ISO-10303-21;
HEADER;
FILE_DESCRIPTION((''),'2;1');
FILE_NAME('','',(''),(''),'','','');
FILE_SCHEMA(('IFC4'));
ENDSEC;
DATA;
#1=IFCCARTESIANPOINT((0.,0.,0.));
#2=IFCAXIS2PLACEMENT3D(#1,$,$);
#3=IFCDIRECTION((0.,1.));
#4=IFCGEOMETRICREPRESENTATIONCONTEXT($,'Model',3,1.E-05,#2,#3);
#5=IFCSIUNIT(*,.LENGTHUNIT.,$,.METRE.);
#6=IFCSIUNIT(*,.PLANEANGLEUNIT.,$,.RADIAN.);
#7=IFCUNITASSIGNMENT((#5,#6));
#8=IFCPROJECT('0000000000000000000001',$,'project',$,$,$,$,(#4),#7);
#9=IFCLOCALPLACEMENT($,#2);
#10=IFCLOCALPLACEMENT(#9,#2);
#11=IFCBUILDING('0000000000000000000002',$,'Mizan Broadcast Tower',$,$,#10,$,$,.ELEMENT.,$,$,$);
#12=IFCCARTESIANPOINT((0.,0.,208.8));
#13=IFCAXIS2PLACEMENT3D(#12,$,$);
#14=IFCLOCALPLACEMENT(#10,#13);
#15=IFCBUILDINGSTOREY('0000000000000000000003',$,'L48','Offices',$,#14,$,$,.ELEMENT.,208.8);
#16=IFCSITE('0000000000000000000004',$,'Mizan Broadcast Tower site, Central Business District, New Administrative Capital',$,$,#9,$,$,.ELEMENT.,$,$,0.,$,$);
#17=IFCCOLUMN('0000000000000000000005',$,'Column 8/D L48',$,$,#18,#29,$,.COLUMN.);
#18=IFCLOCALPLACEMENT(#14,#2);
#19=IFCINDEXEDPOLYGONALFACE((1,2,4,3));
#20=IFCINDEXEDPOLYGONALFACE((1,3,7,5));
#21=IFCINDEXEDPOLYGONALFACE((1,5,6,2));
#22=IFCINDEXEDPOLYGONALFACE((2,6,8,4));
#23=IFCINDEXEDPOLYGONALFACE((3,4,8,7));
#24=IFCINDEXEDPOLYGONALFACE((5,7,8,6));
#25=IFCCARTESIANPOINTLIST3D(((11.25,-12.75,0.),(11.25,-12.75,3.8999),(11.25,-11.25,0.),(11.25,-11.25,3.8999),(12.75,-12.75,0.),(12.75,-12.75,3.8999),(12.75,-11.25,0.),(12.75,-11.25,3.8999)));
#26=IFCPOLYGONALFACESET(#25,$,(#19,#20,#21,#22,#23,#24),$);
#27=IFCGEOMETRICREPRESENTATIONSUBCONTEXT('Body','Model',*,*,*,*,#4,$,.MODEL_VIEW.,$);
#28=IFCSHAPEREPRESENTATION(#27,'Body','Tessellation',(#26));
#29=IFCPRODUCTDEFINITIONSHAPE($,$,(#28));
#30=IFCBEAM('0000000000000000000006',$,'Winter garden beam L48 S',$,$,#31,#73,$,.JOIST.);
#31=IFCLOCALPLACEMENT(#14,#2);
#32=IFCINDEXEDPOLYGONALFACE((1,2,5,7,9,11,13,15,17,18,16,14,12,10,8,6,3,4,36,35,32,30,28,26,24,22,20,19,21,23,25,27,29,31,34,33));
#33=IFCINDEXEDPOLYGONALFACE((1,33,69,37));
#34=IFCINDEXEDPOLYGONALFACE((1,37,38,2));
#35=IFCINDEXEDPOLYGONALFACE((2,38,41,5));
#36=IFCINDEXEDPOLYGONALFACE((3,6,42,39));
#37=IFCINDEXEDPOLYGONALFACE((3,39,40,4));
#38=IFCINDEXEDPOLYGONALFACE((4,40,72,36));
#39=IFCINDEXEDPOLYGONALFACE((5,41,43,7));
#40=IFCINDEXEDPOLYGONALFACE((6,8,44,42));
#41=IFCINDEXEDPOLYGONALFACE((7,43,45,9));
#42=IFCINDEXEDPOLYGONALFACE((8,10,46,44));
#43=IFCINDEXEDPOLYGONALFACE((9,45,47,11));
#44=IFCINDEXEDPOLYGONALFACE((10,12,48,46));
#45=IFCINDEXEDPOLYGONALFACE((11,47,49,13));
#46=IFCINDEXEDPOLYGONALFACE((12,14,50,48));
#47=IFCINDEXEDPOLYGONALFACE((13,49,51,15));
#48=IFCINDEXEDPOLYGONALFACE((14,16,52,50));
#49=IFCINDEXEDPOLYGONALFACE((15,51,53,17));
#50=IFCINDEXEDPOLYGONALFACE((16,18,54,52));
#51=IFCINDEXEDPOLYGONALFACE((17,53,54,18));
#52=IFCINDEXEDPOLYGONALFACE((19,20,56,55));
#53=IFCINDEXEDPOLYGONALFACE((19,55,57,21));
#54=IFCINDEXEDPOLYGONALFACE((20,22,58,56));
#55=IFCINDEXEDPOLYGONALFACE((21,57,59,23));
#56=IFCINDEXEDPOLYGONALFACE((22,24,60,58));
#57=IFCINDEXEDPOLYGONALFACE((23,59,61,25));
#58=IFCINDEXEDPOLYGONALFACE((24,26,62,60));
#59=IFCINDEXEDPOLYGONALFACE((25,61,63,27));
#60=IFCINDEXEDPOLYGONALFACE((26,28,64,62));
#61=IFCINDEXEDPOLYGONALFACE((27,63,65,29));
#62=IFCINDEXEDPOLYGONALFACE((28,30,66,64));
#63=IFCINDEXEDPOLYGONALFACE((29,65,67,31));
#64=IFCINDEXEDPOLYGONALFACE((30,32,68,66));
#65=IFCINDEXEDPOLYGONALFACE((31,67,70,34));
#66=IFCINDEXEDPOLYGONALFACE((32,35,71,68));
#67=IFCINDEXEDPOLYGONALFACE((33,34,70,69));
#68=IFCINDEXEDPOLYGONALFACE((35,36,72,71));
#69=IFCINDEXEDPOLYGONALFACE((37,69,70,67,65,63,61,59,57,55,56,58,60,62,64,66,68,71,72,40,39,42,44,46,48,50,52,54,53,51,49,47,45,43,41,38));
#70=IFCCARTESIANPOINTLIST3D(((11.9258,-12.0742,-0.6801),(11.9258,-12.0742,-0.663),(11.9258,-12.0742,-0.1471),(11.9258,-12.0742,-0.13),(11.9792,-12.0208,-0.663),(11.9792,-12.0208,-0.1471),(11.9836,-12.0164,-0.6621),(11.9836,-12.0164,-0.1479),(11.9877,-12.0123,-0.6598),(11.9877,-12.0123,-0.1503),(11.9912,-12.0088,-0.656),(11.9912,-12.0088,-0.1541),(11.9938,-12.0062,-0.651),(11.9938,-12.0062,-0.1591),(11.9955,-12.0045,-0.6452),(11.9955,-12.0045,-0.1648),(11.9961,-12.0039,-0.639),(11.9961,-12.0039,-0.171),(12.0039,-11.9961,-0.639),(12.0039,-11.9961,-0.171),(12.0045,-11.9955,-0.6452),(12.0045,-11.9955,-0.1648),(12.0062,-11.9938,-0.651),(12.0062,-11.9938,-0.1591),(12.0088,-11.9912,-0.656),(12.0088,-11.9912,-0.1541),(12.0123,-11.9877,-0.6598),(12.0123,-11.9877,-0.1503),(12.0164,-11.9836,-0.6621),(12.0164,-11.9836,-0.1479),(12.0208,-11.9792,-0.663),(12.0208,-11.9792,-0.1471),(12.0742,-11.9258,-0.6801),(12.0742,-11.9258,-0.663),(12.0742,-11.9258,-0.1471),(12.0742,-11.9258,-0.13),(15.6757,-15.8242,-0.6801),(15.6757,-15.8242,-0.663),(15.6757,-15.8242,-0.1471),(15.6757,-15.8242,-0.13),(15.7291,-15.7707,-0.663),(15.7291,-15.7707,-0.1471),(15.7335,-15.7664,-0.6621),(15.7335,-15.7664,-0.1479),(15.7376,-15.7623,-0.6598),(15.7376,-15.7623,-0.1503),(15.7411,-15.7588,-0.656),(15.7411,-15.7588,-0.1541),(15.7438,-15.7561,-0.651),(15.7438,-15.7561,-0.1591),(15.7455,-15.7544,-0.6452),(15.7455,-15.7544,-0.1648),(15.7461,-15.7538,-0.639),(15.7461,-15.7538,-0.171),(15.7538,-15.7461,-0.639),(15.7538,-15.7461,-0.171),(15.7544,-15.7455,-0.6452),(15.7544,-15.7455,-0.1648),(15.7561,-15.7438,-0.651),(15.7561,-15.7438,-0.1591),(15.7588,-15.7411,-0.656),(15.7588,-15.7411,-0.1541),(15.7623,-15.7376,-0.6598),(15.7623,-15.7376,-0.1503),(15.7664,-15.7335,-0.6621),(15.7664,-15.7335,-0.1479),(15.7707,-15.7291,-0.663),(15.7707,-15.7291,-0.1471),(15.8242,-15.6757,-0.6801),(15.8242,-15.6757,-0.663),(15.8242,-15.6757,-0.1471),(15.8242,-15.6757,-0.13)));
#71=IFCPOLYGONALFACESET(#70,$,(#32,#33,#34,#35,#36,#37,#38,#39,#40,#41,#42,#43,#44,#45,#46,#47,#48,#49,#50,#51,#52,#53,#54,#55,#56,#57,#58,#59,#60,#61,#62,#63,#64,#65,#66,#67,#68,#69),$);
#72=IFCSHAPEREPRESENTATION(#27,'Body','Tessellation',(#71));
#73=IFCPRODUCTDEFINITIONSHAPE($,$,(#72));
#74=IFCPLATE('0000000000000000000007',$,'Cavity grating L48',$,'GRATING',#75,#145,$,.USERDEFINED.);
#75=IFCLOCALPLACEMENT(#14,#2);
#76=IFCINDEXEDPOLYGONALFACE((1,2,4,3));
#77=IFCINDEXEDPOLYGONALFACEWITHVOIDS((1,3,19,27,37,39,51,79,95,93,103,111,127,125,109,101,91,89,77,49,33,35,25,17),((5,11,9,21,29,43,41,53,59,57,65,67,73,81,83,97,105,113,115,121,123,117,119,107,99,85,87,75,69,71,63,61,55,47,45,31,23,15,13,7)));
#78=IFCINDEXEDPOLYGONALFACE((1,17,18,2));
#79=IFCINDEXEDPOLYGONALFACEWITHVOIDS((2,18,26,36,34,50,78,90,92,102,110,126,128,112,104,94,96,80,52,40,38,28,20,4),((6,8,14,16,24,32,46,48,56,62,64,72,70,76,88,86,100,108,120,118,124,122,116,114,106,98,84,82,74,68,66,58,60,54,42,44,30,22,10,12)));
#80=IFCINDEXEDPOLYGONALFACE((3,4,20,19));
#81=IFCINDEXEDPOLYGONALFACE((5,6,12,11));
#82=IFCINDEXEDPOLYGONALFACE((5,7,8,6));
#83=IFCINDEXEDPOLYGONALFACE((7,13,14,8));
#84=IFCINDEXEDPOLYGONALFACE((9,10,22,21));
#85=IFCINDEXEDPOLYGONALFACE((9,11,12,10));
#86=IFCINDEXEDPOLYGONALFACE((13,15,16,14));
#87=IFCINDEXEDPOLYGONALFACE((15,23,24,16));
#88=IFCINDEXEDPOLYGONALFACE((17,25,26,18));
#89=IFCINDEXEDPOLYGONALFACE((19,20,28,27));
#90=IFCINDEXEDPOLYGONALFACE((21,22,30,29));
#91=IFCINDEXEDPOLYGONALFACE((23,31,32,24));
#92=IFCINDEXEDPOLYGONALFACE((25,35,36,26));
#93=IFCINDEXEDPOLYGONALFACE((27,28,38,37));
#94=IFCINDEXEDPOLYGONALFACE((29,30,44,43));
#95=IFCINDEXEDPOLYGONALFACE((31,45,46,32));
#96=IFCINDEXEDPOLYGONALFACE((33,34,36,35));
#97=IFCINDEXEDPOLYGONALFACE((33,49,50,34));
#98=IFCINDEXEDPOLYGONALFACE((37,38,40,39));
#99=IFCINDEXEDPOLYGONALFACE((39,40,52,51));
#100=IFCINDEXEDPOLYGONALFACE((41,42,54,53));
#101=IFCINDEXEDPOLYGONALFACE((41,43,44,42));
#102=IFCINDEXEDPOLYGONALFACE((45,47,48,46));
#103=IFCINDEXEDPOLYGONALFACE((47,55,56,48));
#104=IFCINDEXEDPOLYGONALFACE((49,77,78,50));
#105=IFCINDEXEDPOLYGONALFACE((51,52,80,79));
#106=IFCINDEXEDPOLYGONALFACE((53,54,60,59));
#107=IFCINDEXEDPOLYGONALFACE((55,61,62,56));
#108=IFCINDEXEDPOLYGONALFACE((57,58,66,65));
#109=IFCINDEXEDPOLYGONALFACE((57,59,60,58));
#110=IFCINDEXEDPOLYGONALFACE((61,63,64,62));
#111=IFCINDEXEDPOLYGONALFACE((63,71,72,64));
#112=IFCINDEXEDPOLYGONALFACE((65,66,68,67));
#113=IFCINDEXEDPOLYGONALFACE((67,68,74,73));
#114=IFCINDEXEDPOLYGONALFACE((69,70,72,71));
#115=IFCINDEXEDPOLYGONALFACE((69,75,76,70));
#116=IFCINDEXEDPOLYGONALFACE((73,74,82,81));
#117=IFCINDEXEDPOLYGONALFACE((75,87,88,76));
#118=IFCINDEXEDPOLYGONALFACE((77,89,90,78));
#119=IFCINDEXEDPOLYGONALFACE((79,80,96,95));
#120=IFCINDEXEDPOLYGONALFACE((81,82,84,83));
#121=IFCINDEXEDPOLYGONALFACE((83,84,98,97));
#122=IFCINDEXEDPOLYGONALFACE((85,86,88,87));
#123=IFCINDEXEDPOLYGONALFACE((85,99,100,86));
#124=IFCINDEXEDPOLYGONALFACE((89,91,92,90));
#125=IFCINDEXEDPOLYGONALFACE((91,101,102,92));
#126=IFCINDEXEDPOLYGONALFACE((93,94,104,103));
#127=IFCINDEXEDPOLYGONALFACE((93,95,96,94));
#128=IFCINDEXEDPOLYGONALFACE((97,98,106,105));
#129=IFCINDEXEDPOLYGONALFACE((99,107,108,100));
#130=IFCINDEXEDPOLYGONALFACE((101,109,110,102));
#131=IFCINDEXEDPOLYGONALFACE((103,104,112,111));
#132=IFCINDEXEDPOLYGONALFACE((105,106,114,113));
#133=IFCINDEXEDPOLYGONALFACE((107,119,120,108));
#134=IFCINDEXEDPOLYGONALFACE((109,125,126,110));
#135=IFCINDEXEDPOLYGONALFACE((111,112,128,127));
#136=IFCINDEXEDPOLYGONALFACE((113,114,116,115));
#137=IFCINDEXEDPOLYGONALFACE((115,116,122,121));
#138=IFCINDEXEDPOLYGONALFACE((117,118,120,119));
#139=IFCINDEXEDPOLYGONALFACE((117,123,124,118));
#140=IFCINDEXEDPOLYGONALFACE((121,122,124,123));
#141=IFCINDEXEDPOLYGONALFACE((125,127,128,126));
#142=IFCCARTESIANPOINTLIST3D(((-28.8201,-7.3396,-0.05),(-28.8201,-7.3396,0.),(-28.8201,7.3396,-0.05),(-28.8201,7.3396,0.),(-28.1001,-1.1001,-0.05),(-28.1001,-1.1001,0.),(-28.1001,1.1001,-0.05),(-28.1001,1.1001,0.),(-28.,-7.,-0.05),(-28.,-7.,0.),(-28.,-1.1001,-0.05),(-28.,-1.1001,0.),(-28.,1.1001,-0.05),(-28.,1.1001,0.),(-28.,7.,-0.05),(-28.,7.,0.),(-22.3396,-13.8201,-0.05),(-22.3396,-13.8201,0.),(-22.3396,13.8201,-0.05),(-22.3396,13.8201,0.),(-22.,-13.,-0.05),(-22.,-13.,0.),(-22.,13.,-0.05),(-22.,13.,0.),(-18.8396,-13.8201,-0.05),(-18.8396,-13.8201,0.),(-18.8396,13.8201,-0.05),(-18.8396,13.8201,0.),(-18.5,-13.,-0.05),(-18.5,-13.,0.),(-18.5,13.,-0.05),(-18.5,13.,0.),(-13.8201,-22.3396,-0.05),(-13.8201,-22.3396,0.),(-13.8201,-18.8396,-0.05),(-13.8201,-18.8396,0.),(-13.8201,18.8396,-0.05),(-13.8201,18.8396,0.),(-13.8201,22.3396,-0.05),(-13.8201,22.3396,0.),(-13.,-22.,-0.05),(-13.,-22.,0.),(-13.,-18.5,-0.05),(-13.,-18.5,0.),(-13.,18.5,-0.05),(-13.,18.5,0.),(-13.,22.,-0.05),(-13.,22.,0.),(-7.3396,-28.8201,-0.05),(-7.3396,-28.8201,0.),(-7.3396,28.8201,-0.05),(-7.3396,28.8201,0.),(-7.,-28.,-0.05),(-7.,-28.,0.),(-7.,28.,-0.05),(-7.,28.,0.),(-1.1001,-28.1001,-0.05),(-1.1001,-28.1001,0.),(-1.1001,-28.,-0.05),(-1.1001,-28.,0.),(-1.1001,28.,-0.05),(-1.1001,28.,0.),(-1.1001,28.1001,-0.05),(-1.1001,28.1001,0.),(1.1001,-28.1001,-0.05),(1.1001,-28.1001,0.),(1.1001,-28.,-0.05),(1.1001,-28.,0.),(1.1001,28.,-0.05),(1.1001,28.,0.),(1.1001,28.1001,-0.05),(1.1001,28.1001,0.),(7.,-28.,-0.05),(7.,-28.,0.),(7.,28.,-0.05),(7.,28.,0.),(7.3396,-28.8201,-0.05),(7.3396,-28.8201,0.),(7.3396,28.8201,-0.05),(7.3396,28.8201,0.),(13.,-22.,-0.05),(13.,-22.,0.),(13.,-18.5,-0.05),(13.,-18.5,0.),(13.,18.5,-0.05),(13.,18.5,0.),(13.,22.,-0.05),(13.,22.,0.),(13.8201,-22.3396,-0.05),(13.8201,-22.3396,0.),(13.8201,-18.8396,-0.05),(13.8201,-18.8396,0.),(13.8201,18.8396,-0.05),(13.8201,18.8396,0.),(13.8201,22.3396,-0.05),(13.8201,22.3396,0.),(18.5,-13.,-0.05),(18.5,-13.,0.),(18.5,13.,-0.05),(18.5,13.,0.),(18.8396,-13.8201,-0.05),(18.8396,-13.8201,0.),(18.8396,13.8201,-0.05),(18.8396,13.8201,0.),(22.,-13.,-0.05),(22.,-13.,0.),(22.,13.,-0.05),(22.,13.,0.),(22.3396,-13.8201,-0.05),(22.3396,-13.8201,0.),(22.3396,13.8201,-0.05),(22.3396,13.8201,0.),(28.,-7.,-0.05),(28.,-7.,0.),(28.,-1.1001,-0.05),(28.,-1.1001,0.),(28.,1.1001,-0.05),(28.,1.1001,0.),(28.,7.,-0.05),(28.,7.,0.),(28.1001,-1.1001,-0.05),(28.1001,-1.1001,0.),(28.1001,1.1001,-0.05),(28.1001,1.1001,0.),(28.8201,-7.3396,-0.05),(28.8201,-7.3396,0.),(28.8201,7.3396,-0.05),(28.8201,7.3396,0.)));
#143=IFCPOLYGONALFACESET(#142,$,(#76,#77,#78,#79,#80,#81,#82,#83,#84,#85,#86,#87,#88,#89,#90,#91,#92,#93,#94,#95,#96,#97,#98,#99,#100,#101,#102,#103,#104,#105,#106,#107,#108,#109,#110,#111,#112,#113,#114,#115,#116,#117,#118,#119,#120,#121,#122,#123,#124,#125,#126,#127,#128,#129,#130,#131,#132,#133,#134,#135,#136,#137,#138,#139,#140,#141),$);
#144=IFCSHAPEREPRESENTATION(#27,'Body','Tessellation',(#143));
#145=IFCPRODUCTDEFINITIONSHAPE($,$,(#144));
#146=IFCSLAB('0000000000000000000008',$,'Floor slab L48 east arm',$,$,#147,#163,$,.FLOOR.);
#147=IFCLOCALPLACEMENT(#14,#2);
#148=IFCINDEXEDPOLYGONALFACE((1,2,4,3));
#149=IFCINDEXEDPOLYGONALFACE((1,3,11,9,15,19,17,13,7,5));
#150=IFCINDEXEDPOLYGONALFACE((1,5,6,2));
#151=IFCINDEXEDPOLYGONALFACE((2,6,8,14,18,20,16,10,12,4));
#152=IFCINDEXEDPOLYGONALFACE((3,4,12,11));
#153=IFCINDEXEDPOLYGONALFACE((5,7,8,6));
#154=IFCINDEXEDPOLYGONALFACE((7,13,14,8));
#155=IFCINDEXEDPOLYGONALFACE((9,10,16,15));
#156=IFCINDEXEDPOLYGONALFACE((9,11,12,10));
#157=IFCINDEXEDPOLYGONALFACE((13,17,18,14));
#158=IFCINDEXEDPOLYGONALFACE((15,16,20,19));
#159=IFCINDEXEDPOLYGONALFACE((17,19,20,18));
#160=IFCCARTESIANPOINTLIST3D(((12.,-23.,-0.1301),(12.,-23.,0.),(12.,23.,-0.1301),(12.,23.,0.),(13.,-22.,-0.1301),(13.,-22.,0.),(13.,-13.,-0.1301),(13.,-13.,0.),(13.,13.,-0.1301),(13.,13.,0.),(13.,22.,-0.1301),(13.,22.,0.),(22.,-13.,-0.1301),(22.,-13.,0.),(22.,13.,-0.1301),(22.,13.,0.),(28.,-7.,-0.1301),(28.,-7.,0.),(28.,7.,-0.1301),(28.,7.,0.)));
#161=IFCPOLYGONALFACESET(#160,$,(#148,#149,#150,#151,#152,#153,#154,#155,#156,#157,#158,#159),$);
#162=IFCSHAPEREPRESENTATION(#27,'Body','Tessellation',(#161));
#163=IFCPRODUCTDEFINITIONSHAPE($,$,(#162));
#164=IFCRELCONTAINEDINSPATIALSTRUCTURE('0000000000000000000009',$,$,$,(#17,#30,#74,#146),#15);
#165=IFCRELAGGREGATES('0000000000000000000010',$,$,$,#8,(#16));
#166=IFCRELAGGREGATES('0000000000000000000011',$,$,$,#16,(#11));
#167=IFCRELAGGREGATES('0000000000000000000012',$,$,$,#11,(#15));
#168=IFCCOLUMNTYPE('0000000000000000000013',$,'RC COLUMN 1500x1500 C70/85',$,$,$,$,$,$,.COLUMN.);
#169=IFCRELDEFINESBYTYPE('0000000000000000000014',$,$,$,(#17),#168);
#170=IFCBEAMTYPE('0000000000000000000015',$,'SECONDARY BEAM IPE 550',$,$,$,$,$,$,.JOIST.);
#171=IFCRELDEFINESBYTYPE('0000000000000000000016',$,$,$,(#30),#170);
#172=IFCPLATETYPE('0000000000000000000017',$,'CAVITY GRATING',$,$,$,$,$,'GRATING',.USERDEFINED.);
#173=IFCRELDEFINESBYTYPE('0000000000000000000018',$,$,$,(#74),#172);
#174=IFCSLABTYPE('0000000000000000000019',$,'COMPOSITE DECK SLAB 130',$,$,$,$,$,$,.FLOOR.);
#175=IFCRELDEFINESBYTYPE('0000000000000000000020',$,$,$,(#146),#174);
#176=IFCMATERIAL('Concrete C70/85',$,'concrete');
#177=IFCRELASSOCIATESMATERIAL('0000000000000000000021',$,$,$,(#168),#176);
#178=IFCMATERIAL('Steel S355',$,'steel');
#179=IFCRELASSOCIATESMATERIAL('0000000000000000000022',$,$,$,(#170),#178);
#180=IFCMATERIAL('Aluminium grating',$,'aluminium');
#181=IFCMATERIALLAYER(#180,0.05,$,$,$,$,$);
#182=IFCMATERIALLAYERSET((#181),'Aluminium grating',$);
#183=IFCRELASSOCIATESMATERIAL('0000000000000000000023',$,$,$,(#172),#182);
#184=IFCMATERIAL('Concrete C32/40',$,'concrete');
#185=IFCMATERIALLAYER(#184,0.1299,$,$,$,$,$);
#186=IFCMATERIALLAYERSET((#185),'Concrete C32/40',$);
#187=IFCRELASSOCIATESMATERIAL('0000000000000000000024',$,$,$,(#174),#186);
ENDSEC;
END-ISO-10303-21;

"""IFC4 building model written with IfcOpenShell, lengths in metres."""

from ifc_helpers import new_model, si_unit, direction, frame, origin, origin_2d, place, context, subcontext, project, spatial, polyline, rectangle, i_section, outline, extrude, material, layer, layer_set, material_profile, profile_set, type_object, element, save


model = new_model("IFC4")

# Units and contexts
model_context = context("Model", 3, precision=1e-05, world=origin(), true_north=direction((0.0, 1.0)))
body_context = subcontext(model_context, "Body", "Model", "MODEL_VIEW")
ifc_project = project(units=[si_unit("LENGTHUNIT", "METRE"), si_unit("PLANEANGLEUNIT", "RADIAN")], contexts=[model_context])

# Site, building, storey
site_placement = place(None, origin())
site = spatial("IfcSite", under=ifc_project, at=site_placement, Name="Mizan Broadcast Tower site, Central Business District, New Administrative Capital", CompositionType="ELEMENT", RefElevation=0.0)
building_placement = place(site_placement, origin())
building = spatial("IfcBuilding", under=site, at=building_placement, Name="Mizan Broadcast Tower", CompositionType="ELEMENT")
storey_placement = place(building_placement, frame((0.0, 0.0, 208.8)))
storey = spatial("IfcBuildingStorey", under=building, at=storey_placement, Name="L48", Description="Offices", CompositionType="ELEMENT", Elevation=208.8)

# Column
ifc_material_1 = material(Name="Concrete C70/85", Category="concrete")
ifc_material_profile_1 = material_profile(ifc_material_1, rectangle(XDim=1.5, YDim=1.5, at=origin_2d()), Name="RC 1500x1500")
ifc_profile_set_1 = profile_set([ifc_material_profile_1], Name="Concrete C70/85")
column_type = type_object("IfcColumnType", Name="RC COLUMN 1500x1500 C70/85", PredefinedType="COLUMN", material=ifc_profile_set_1)
column_placement = place(storey_placement, frame((12.0, -12.0, 0.0), z_axis=(0.0, 0.0, 1.0), x_axis=(1.0, 0.0, 0.0)))
element("IfcColumn", 1, at=column_placement, inside=storey, type_object=column_type, Name="Column 8/D L48", PredefinedType="COLUMN", context=body_context, shape_type="SweptSolid", body=[
    extrude(rectangle(XDim=1.5, YDim=1.5, at=origin_2d()), origin(), (0.0, 0.0, 1.0), 3.8999),
])

# Beam
ifc_material_2 = material(Name="Steel S355", Category="steel")
ifc_material_profile_2 = material_profile(ifc_material_2, i_section(OverallWidth=0.21, OverallDepth=0.55, WebThickness=0.011, FlangeThickness=0.0171, FilletRadius=0.0239, at=origin_2d()), Name="IPE 550")
ifc_profile_set_2 = profile_set([ifc_material_profile_2], Name="Steel S355")
beam_type = type_object("IfcBeamType", Name="SECONDARY BEAM IPE 550", PredefinedType="JOIST", material=ifc_profile_set_2)
beam_placement = place(storey_placement, frame((12.0, -12.0, -0.405), z_axis=(0.707107, -0.707107, 0.0), x_axis=(0.707107, 0.707107, 0.0)))
element("IfcBeam", 2, at=beam_placement, inside=storey, type_object=beam_type, Name="Winter garden beam L48 S", PredefinedType="JOIST", context=body_context, shape_type="SweptSolid", body=[
    extrude(i_section(OverallWidth=0.21, OverallDepth=0.55, WebThickness=0.011, FlangeThickness=0.0171, FilletRadius=0.0239, at=origin_2d()), origin(), (0.0, 0.0, 1.0), 5.3032),
])

# Plate
ifc_material_3 = material(Name="Aluminium grating", Category="aluminium")
ifc_layer_1 = layer(ifc_material_3, 0.05)
ifc_layer_set_1 = layer_set([ifc_layer_1], Name="Aluminium grating")
plate_type = type_object("IfcPlateType", Name="CAVITY GRATING", ElementType="GRATING", PredefinedType="USERDEFINED", material=ifc_layer_set_1)
plate_placement = place(storey_placement, frame((0.0, 0.0, -0.05)))
element("IfcPlate", 3, at=plate_placement, inside=storey, type_object=plate_type, Name="Cavity grating L48", ObjectType="GRATING", PredefinedType="USERDEFINED", context=body_context, shape_type="SweptSolid", body=[
    extrude(outline(polyline([(13.8201, -18.8396), (18.8396, -13.8201), (22.3396, -13.8201), (28.8201, -7.3396), (28.8201, 7.3396), (22.3396, 13.8201), (18.8396, 13.8201), (13.8201, 18.8396), (13.8201, 22.3396), (7.3396, 28.8201), (-7.3396, 28.8201), (-13.8201, 22.3396), (-13.8201, 18.8396), (-18.8396, 13.8201), (-22.3396, 13.8201), (-28.8201, 7.3396), (-28.8201, -7.3396), (-22.3396, -13.8201), (-18.8396, -13.8201), (-13.8201, -18.8396), (-13.8201, -22.3396), (-7.3396, -28.8201), (7.3396, -28.8201), (13.8201, -22.3396), (13.8201, -18.8396)]), holes=[polyline([(28.0, -1.1001), (28.0, -7.0), (22.0, -13.0), (18.5, -13.0), (13.0, -18.5), (13.0, -22.0), (7.0, -28.0), (1.1001, -28.0), (1.1001, -28.1001), (-1.1001, -28.1001), (-1.1001, -28.0), (-7.0, -28.0), (-13.0, -22.0), (-13.0, -18.5), (-18.5, -13.0), (-22.0, -13.0), (-28.0, -7.0), (-28.0, -1.1001), (-28.1001, -1.1001), (-28.1001, 1.1001), (-28.0, 1.1001), (-28.0, 7.0), (-22.0, 13.0), (-18.5, 13.0), (-13.0, 18.5), (-13.0, 22.0), (-7.0, 28.0), (-1.1001, 28.0), (-1.1001, 28.1001), (1.1001, 28.1001), (1.1001, 28.0), (7.0, 28.0), (13.0, 22.0), (13.0, 18.5), (18.5, 13.0), (22.0, 13.0), (28.0, 7.0), (28.0, 1.1001), (28.1001, 1.1001), (28.1001, -1.1001), (28.0, -1.1001)])]), origin(), (0.0, 0.0, 1.0), 0.05),
])

# Slab
ifc_material_4 = material(Name="Concrete C32/40", Category="concrete")
ifc_layer_2 = layer(ifc_material_4, 0.1299)
ifc_layer_set_2 = layer_set([ifc_layer_2], Name="Concrete C32/40")
slab_type_1 = type_object("IfcSlabType", Name="COMPOSITE DECK SLAB 130", PredefinedType="FLOOR", material=ifc_layer_set_2)
slab_1_placement = place(storey_placement, frame((0.0, 0.0, -0.1301)))
element("IfcSlab", 4, at=slab_1_placement, inside=storey, type_object=slab_type_1, Name="Floor slab L48 east arm", PredefinedType="FLOOR", context=body_context, shape_type="SweptSolid", body=[
    extrude(outline(polyline([(13.0, 22.0), (12.0, 23.0), (12.0, -23.0), (13.0, -22.0), (13.0, -13.0), (22.0, -13.0), (28.0, -7.0), (28.0, 7.0), (22.0, 13.0), (13.0, 13.0), (13.0, 22.0)])), origin(), (0.0, 0.0, 1.0), 0.1301),
])

save(model, "model.ifc")
